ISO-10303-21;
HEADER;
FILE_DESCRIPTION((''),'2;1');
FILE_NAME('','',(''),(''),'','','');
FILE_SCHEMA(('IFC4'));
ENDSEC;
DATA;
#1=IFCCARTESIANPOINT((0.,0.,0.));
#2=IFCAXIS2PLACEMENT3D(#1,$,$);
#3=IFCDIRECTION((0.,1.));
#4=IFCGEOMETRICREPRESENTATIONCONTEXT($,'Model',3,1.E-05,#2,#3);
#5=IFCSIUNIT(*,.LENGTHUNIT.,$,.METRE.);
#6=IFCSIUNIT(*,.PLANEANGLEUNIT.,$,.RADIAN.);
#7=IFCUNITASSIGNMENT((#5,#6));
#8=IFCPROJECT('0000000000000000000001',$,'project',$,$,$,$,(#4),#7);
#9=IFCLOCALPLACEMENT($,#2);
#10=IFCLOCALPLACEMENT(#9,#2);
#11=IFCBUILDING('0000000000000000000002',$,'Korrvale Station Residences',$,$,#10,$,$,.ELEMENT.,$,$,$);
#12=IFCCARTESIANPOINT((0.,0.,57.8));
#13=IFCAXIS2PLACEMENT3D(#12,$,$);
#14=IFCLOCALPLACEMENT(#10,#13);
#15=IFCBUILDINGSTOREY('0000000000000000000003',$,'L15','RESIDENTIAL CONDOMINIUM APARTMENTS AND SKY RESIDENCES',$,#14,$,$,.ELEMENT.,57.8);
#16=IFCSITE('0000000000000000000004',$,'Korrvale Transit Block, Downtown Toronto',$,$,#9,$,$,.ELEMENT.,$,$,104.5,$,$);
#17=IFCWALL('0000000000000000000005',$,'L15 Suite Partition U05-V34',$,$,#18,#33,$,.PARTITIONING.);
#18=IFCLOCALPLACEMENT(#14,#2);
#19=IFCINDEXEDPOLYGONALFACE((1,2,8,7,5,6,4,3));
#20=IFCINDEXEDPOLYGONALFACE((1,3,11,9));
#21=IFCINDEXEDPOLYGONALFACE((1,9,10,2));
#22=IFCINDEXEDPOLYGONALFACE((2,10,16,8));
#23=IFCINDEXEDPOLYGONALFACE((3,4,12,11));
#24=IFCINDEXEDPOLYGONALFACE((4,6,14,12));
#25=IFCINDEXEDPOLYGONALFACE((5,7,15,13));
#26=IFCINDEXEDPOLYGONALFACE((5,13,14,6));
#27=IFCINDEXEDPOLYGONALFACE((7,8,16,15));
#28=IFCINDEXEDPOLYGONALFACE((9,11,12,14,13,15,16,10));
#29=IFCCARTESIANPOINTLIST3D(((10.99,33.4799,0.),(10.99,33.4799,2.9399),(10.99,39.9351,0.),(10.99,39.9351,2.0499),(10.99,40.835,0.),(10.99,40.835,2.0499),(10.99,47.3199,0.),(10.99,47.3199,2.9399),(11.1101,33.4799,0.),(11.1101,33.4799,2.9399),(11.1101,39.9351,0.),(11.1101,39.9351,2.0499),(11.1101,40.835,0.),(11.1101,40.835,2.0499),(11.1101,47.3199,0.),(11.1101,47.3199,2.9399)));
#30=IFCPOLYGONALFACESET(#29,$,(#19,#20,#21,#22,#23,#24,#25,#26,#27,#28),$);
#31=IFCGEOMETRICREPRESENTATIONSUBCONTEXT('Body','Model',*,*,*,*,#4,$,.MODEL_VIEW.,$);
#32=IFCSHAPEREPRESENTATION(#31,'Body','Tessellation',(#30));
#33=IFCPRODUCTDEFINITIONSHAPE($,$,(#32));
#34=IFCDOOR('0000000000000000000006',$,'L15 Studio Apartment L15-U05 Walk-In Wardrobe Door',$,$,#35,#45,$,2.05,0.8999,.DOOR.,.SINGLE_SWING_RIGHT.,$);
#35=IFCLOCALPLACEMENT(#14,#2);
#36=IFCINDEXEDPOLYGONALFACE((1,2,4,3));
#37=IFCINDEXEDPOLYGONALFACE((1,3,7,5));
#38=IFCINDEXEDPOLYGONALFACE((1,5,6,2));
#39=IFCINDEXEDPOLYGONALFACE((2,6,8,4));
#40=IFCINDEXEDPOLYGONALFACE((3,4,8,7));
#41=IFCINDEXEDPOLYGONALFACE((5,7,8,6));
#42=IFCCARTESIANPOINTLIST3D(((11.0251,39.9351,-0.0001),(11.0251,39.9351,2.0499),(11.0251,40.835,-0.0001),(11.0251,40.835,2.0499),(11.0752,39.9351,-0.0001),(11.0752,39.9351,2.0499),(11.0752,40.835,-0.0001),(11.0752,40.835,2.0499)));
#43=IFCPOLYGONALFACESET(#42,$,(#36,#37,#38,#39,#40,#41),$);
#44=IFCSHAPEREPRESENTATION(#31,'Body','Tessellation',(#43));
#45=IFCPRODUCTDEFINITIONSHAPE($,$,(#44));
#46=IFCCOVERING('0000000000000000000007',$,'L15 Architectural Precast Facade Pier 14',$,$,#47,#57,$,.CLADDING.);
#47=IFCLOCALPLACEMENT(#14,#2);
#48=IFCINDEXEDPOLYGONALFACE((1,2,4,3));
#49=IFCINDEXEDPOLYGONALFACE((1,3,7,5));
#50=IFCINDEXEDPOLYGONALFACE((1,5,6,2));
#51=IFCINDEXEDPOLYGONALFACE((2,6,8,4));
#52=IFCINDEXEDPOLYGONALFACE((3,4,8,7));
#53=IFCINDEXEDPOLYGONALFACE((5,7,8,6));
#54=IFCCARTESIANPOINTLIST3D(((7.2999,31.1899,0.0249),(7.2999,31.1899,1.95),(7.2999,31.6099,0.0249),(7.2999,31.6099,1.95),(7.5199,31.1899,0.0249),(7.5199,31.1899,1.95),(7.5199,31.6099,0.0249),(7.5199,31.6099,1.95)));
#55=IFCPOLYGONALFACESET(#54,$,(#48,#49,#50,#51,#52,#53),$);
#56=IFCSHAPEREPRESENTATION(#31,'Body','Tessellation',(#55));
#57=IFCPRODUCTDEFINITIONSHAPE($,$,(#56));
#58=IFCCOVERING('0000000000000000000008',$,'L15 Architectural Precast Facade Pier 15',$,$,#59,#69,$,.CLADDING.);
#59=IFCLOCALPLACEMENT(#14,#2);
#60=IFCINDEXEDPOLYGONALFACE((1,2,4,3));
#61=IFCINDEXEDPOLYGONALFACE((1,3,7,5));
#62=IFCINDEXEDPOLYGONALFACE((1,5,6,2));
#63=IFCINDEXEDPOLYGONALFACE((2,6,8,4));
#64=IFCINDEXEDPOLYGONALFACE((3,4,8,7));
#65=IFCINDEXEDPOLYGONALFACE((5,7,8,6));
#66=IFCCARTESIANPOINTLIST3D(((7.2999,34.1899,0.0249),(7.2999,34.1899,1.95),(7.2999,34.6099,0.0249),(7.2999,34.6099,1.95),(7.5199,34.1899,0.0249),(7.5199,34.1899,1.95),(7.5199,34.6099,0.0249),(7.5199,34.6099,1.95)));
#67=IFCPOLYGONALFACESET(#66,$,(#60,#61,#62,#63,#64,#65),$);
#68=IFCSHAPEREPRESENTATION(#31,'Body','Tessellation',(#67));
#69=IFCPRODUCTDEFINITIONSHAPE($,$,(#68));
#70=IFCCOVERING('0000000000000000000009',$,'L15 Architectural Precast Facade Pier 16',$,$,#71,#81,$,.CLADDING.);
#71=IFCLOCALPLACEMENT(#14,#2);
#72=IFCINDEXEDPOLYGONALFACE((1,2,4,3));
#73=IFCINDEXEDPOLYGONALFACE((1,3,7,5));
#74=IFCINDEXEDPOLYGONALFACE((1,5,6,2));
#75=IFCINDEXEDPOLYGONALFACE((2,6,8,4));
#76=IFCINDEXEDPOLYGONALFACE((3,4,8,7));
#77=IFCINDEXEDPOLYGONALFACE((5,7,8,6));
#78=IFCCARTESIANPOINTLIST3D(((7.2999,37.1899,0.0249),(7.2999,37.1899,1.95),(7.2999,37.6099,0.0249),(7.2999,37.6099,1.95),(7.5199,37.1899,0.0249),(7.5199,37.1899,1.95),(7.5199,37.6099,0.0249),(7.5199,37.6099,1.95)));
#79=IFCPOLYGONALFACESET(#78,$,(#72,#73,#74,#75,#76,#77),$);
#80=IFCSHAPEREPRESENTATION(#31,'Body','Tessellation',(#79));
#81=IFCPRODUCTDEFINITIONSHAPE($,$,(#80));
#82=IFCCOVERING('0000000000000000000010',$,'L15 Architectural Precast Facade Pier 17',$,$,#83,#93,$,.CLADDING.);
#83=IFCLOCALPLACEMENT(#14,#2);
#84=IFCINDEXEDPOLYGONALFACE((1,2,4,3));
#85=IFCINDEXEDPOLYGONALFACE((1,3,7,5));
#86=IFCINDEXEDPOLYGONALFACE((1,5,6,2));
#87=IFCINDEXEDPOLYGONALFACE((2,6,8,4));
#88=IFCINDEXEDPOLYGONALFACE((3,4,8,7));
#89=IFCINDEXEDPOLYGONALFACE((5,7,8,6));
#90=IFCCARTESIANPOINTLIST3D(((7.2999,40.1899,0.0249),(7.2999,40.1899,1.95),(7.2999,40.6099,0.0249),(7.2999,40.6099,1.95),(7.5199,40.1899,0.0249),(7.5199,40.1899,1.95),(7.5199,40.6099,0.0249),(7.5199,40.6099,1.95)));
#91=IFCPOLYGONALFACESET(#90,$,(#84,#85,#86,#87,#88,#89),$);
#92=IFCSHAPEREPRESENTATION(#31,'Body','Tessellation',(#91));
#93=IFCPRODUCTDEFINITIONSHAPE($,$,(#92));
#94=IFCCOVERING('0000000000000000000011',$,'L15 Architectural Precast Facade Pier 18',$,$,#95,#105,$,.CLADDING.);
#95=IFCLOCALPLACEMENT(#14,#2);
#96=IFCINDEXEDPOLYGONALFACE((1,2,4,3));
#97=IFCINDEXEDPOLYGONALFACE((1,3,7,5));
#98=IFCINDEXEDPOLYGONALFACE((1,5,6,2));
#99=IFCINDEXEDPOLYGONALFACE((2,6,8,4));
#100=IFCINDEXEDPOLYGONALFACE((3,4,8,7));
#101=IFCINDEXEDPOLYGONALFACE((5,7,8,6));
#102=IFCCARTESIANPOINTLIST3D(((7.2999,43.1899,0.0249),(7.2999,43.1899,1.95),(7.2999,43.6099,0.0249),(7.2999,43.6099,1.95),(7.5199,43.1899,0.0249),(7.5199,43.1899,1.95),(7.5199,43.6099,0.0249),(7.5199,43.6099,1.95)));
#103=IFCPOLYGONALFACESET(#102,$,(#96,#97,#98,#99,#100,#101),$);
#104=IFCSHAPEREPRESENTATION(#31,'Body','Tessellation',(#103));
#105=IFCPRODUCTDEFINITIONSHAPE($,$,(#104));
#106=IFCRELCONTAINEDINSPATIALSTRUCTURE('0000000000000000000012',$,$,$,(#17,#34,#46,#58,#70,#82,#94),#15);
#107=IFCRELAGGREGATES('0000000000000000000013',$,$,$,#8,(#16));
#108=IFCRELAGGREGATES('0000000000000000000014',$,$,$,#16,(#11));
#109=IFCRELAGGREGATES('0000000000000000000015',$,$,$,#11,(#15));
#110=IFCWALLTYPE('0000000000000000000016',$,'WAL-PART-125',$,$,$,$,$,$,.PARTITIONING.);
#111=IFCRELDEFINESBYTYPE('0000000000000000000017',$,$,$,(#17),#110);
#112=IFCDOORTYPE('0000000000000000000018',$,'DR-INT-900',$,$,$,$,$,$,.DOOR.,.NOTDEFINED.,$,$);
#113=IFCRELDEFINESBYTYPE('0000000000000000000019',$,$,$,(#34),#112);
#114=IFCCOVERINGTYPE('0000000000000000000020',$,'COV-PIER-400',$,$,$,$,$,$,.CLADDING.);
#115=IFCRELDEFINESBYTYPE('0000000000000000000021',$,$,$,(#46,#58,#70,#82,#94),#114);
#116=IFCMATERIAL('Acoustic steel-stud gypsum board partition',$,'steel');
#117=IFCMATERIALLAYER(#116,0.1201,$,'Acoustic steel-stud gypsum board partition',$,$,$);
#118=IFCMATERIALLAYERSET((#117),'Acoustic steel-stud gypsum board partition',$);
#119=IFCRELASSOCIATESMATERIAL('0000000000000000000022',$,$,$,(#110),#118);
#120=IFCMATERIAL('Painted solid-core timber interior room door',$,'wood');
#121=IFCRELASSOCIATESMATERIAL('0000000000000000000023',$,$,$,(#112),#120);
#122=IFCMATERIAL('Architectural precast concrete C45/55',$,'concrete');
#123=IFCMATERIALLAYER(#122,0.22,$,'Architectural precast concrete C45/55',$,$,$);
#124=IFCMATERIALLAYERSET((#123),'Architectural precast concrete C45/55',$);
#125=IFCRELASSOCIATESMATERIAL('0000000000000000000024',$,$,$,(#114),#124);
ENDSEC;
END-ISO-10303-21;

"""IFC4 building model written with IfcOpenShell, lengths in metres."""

from ifc_helpers import new_model, si_unit, direction, frame, frame_2d, origin, origin_2d, place, context, subcontext, project, spatial, rectangle, extrude, material, layer, layer_set, type_object, element, fill, save


model = new_model("IFC4")

# Units and contexts
model_context = context("Model", 3, precision=1e-05, world=origin(), true_north=direction((0.0, 1.0)))
body_context = subcontext(model_context, "Body", "Model", "MODEL_VIEW")
ifc_project = project(units=[si_unit("LENGTHUNIT", "METRE"), si_unit("PLANEANGLEUNIT", "RADIAN")], contexts=[model_context])

# Site, building, storey
site_placement = place(None, origin())
site = spatial("IfcSite", under=ifc_project, at=site_placement, Name="Korrvale Transit Block, Downtown Toronto", CompositionType="ELEMENT", RefElevation=104.5)
building_placement = place(site_placement, origin())
building = spatial("IfcBuilding", under=site, at=building_placement, Name="Korrvale Station Residences", CompositionType="ELEMENT")
storey_placement = place(building_placement, frame((0.0, 0.0, 57.8)))
storey = spatial("IfcBuildingStorey", under=building, at=storey_placement, Name="L15", Description="RESIDENTIAL CONDOMINIUM APARTMENTS AND SKY RESIDENCES", CompositionType="ELEMENT", Elevation=57.8)

# Shared definitions
ifc_material_1 = material(Name="Acoustic steel-stud gypsum board partition", Category="steel")
ifc_layer_1 = layer(ifc_material_1, 0.1201, Name="Acoustic steel-stud gypsum board partition")
ifc_layer_set_1 = layer_set([ifc_layer_1], Name="Acoustic steel-stud gypsum board partition")
wall_type_1 = type_object("IfcWallType", Name="WAL-PART-125", PredefinedType="PARTITIONING", material=ifc_layer_set_1)

# Wall, opening, door
wall_1_placement = place(storey_placement, frame((11.05, 33.48, 0.0), z_axis=(0.0, 0.0, 1.0), x_axis=(0.0, 1.0, 0.0)))
wall_1 = element("IfcWall", 1, at=wall_1_placement, inside=storey, type_object=wall_type_1, Name="L15 Suite Partition U05-V34", PredefinedType="PARTITIONING", context=body_context, shape_type="SweptSolid", body=[
    extrude(rectangle(XDim=13.8401, YDim=0.1201, at=frame_2d((6.9199, 0.0))), origin(), (0.0, 0.0, 1.0), 2.9399),
])
opening_1_placement = place(wall_1_placement, frame((6.4551, 0.0, 0.0)))
opening_1 = element("IfcOpeningElement", 2, at=opening_1_placement, cuts=wall_1, PredefinedType="OPENING", context=body_context, shape_type="SweptSolid", body=[
    extrude(rectangle(XDim=0.8999, YDim=2.05, at=frame_2d((0.45, 1.0249))), frame((0.0, 0.0701, 0.0), z_axis=(0.0, -1.0, 0.0), x_axis=(1.0, 0.0, 0.0)), (0.0, 0.0, 1.0), 0.1401),
])
ifc_material_2 = material(Name="Painted solid-core timber interior room door", Category="wood")
door_type = type_object("IfcDoorType", Name="DR-INT-900", OperationType="NOTDEFINED", PredefinedType="DOOR", material=ifc_material_2)
door_placement = place(opening_1_placement, origin())
door = element("IfcDoor", 3, at=door_placement, inside=storey, type_object=door_type, Name="L15 Studio Apartment L15-U05 Walk-In Wardrobe Door", OperationType="SINGLE_SWING_RIGHT", OverallHeight=2.05, OverallWidth=0.8999, PredefinedType="DOOR", context=body_context, shape_type="SweptSolid", body=[
    extrude(rectangle(XDim=0.8999, YDim=2.05, at=frame_2d((0.45, 1.0249))), frame((0.0, 0.0249, 0.0), z_axis=(0.0, -1.0, 0.0), x_axis=(1.0, 0.0, 0.0)), (0.0, 0.0, 1.0), 0.05),
])
fill(opening_1, door)

# Coverings
ifc_material_3 = material(Name="Architectural precast concrete C45/55", Category="concrete")
ifc_layer_2 = layer(ifc_material_3, 0.22, Name="Architectural precast concrete C45/55")
ifc_layer_set_2 = layer_set([ifc_layer_2], Name="Architectural precast concrete C45/55")
covering_type = type_object("IfcCoveringType", Name="COV-PIER-400", PredefinedType="CLADDING", material=ifc_layer_set_2)
for number, where, z_axis, x_axis, name in (
    (4, (7.4099, 31.3999, 0.0249), (0.0, 0.0, 1.0), (0.0, 1.0, 0.0), "L15 Architectural Precast Facade Pier 14"),
    (5, (7.4099, 34.3999, 0.0249), (0.0, 0.0, 1.0), (0.0, 1.0, 0.0), "L15 Architectural Precast Facade Pier 15"),
    (6, (7.4099, 37.3999, 0.0249), (0.0, 0.0, 1.0), (0.0, 1.0, 0.0), "L15 Architectural Precast Facade Pier 16"),
    (7, (7.4099, 40.3999, 0.0249), (0.0, 0.0, 1.0), (0.0, 1.0, 0.0), "L15 Architectural Precast Facade Pier 17"),
    (8, (7.4099, 43.3999, 0.0249), (0.0, 0.0, 1.0), (0.0, 1.0, 0.0), "L15 Architectural Precast Facade Pier 18"),
):
    element("IfcCovering", number, at=place(storey_placement, frame(where, z_axis=z_axis, x_axis=x_axis)), inside=storey, type_object=covering_type, Name=name, PredefinedType="CLADDING", context=body_context, shape_type="SweptSolid", body=[
        extrude(rectangle(XDim=0.4199, YDim=0.22, at=origin_2d()), origin(), (0.0, 0.0, 1.0), 1.925),
    ])

save(model, "model.ifc")
